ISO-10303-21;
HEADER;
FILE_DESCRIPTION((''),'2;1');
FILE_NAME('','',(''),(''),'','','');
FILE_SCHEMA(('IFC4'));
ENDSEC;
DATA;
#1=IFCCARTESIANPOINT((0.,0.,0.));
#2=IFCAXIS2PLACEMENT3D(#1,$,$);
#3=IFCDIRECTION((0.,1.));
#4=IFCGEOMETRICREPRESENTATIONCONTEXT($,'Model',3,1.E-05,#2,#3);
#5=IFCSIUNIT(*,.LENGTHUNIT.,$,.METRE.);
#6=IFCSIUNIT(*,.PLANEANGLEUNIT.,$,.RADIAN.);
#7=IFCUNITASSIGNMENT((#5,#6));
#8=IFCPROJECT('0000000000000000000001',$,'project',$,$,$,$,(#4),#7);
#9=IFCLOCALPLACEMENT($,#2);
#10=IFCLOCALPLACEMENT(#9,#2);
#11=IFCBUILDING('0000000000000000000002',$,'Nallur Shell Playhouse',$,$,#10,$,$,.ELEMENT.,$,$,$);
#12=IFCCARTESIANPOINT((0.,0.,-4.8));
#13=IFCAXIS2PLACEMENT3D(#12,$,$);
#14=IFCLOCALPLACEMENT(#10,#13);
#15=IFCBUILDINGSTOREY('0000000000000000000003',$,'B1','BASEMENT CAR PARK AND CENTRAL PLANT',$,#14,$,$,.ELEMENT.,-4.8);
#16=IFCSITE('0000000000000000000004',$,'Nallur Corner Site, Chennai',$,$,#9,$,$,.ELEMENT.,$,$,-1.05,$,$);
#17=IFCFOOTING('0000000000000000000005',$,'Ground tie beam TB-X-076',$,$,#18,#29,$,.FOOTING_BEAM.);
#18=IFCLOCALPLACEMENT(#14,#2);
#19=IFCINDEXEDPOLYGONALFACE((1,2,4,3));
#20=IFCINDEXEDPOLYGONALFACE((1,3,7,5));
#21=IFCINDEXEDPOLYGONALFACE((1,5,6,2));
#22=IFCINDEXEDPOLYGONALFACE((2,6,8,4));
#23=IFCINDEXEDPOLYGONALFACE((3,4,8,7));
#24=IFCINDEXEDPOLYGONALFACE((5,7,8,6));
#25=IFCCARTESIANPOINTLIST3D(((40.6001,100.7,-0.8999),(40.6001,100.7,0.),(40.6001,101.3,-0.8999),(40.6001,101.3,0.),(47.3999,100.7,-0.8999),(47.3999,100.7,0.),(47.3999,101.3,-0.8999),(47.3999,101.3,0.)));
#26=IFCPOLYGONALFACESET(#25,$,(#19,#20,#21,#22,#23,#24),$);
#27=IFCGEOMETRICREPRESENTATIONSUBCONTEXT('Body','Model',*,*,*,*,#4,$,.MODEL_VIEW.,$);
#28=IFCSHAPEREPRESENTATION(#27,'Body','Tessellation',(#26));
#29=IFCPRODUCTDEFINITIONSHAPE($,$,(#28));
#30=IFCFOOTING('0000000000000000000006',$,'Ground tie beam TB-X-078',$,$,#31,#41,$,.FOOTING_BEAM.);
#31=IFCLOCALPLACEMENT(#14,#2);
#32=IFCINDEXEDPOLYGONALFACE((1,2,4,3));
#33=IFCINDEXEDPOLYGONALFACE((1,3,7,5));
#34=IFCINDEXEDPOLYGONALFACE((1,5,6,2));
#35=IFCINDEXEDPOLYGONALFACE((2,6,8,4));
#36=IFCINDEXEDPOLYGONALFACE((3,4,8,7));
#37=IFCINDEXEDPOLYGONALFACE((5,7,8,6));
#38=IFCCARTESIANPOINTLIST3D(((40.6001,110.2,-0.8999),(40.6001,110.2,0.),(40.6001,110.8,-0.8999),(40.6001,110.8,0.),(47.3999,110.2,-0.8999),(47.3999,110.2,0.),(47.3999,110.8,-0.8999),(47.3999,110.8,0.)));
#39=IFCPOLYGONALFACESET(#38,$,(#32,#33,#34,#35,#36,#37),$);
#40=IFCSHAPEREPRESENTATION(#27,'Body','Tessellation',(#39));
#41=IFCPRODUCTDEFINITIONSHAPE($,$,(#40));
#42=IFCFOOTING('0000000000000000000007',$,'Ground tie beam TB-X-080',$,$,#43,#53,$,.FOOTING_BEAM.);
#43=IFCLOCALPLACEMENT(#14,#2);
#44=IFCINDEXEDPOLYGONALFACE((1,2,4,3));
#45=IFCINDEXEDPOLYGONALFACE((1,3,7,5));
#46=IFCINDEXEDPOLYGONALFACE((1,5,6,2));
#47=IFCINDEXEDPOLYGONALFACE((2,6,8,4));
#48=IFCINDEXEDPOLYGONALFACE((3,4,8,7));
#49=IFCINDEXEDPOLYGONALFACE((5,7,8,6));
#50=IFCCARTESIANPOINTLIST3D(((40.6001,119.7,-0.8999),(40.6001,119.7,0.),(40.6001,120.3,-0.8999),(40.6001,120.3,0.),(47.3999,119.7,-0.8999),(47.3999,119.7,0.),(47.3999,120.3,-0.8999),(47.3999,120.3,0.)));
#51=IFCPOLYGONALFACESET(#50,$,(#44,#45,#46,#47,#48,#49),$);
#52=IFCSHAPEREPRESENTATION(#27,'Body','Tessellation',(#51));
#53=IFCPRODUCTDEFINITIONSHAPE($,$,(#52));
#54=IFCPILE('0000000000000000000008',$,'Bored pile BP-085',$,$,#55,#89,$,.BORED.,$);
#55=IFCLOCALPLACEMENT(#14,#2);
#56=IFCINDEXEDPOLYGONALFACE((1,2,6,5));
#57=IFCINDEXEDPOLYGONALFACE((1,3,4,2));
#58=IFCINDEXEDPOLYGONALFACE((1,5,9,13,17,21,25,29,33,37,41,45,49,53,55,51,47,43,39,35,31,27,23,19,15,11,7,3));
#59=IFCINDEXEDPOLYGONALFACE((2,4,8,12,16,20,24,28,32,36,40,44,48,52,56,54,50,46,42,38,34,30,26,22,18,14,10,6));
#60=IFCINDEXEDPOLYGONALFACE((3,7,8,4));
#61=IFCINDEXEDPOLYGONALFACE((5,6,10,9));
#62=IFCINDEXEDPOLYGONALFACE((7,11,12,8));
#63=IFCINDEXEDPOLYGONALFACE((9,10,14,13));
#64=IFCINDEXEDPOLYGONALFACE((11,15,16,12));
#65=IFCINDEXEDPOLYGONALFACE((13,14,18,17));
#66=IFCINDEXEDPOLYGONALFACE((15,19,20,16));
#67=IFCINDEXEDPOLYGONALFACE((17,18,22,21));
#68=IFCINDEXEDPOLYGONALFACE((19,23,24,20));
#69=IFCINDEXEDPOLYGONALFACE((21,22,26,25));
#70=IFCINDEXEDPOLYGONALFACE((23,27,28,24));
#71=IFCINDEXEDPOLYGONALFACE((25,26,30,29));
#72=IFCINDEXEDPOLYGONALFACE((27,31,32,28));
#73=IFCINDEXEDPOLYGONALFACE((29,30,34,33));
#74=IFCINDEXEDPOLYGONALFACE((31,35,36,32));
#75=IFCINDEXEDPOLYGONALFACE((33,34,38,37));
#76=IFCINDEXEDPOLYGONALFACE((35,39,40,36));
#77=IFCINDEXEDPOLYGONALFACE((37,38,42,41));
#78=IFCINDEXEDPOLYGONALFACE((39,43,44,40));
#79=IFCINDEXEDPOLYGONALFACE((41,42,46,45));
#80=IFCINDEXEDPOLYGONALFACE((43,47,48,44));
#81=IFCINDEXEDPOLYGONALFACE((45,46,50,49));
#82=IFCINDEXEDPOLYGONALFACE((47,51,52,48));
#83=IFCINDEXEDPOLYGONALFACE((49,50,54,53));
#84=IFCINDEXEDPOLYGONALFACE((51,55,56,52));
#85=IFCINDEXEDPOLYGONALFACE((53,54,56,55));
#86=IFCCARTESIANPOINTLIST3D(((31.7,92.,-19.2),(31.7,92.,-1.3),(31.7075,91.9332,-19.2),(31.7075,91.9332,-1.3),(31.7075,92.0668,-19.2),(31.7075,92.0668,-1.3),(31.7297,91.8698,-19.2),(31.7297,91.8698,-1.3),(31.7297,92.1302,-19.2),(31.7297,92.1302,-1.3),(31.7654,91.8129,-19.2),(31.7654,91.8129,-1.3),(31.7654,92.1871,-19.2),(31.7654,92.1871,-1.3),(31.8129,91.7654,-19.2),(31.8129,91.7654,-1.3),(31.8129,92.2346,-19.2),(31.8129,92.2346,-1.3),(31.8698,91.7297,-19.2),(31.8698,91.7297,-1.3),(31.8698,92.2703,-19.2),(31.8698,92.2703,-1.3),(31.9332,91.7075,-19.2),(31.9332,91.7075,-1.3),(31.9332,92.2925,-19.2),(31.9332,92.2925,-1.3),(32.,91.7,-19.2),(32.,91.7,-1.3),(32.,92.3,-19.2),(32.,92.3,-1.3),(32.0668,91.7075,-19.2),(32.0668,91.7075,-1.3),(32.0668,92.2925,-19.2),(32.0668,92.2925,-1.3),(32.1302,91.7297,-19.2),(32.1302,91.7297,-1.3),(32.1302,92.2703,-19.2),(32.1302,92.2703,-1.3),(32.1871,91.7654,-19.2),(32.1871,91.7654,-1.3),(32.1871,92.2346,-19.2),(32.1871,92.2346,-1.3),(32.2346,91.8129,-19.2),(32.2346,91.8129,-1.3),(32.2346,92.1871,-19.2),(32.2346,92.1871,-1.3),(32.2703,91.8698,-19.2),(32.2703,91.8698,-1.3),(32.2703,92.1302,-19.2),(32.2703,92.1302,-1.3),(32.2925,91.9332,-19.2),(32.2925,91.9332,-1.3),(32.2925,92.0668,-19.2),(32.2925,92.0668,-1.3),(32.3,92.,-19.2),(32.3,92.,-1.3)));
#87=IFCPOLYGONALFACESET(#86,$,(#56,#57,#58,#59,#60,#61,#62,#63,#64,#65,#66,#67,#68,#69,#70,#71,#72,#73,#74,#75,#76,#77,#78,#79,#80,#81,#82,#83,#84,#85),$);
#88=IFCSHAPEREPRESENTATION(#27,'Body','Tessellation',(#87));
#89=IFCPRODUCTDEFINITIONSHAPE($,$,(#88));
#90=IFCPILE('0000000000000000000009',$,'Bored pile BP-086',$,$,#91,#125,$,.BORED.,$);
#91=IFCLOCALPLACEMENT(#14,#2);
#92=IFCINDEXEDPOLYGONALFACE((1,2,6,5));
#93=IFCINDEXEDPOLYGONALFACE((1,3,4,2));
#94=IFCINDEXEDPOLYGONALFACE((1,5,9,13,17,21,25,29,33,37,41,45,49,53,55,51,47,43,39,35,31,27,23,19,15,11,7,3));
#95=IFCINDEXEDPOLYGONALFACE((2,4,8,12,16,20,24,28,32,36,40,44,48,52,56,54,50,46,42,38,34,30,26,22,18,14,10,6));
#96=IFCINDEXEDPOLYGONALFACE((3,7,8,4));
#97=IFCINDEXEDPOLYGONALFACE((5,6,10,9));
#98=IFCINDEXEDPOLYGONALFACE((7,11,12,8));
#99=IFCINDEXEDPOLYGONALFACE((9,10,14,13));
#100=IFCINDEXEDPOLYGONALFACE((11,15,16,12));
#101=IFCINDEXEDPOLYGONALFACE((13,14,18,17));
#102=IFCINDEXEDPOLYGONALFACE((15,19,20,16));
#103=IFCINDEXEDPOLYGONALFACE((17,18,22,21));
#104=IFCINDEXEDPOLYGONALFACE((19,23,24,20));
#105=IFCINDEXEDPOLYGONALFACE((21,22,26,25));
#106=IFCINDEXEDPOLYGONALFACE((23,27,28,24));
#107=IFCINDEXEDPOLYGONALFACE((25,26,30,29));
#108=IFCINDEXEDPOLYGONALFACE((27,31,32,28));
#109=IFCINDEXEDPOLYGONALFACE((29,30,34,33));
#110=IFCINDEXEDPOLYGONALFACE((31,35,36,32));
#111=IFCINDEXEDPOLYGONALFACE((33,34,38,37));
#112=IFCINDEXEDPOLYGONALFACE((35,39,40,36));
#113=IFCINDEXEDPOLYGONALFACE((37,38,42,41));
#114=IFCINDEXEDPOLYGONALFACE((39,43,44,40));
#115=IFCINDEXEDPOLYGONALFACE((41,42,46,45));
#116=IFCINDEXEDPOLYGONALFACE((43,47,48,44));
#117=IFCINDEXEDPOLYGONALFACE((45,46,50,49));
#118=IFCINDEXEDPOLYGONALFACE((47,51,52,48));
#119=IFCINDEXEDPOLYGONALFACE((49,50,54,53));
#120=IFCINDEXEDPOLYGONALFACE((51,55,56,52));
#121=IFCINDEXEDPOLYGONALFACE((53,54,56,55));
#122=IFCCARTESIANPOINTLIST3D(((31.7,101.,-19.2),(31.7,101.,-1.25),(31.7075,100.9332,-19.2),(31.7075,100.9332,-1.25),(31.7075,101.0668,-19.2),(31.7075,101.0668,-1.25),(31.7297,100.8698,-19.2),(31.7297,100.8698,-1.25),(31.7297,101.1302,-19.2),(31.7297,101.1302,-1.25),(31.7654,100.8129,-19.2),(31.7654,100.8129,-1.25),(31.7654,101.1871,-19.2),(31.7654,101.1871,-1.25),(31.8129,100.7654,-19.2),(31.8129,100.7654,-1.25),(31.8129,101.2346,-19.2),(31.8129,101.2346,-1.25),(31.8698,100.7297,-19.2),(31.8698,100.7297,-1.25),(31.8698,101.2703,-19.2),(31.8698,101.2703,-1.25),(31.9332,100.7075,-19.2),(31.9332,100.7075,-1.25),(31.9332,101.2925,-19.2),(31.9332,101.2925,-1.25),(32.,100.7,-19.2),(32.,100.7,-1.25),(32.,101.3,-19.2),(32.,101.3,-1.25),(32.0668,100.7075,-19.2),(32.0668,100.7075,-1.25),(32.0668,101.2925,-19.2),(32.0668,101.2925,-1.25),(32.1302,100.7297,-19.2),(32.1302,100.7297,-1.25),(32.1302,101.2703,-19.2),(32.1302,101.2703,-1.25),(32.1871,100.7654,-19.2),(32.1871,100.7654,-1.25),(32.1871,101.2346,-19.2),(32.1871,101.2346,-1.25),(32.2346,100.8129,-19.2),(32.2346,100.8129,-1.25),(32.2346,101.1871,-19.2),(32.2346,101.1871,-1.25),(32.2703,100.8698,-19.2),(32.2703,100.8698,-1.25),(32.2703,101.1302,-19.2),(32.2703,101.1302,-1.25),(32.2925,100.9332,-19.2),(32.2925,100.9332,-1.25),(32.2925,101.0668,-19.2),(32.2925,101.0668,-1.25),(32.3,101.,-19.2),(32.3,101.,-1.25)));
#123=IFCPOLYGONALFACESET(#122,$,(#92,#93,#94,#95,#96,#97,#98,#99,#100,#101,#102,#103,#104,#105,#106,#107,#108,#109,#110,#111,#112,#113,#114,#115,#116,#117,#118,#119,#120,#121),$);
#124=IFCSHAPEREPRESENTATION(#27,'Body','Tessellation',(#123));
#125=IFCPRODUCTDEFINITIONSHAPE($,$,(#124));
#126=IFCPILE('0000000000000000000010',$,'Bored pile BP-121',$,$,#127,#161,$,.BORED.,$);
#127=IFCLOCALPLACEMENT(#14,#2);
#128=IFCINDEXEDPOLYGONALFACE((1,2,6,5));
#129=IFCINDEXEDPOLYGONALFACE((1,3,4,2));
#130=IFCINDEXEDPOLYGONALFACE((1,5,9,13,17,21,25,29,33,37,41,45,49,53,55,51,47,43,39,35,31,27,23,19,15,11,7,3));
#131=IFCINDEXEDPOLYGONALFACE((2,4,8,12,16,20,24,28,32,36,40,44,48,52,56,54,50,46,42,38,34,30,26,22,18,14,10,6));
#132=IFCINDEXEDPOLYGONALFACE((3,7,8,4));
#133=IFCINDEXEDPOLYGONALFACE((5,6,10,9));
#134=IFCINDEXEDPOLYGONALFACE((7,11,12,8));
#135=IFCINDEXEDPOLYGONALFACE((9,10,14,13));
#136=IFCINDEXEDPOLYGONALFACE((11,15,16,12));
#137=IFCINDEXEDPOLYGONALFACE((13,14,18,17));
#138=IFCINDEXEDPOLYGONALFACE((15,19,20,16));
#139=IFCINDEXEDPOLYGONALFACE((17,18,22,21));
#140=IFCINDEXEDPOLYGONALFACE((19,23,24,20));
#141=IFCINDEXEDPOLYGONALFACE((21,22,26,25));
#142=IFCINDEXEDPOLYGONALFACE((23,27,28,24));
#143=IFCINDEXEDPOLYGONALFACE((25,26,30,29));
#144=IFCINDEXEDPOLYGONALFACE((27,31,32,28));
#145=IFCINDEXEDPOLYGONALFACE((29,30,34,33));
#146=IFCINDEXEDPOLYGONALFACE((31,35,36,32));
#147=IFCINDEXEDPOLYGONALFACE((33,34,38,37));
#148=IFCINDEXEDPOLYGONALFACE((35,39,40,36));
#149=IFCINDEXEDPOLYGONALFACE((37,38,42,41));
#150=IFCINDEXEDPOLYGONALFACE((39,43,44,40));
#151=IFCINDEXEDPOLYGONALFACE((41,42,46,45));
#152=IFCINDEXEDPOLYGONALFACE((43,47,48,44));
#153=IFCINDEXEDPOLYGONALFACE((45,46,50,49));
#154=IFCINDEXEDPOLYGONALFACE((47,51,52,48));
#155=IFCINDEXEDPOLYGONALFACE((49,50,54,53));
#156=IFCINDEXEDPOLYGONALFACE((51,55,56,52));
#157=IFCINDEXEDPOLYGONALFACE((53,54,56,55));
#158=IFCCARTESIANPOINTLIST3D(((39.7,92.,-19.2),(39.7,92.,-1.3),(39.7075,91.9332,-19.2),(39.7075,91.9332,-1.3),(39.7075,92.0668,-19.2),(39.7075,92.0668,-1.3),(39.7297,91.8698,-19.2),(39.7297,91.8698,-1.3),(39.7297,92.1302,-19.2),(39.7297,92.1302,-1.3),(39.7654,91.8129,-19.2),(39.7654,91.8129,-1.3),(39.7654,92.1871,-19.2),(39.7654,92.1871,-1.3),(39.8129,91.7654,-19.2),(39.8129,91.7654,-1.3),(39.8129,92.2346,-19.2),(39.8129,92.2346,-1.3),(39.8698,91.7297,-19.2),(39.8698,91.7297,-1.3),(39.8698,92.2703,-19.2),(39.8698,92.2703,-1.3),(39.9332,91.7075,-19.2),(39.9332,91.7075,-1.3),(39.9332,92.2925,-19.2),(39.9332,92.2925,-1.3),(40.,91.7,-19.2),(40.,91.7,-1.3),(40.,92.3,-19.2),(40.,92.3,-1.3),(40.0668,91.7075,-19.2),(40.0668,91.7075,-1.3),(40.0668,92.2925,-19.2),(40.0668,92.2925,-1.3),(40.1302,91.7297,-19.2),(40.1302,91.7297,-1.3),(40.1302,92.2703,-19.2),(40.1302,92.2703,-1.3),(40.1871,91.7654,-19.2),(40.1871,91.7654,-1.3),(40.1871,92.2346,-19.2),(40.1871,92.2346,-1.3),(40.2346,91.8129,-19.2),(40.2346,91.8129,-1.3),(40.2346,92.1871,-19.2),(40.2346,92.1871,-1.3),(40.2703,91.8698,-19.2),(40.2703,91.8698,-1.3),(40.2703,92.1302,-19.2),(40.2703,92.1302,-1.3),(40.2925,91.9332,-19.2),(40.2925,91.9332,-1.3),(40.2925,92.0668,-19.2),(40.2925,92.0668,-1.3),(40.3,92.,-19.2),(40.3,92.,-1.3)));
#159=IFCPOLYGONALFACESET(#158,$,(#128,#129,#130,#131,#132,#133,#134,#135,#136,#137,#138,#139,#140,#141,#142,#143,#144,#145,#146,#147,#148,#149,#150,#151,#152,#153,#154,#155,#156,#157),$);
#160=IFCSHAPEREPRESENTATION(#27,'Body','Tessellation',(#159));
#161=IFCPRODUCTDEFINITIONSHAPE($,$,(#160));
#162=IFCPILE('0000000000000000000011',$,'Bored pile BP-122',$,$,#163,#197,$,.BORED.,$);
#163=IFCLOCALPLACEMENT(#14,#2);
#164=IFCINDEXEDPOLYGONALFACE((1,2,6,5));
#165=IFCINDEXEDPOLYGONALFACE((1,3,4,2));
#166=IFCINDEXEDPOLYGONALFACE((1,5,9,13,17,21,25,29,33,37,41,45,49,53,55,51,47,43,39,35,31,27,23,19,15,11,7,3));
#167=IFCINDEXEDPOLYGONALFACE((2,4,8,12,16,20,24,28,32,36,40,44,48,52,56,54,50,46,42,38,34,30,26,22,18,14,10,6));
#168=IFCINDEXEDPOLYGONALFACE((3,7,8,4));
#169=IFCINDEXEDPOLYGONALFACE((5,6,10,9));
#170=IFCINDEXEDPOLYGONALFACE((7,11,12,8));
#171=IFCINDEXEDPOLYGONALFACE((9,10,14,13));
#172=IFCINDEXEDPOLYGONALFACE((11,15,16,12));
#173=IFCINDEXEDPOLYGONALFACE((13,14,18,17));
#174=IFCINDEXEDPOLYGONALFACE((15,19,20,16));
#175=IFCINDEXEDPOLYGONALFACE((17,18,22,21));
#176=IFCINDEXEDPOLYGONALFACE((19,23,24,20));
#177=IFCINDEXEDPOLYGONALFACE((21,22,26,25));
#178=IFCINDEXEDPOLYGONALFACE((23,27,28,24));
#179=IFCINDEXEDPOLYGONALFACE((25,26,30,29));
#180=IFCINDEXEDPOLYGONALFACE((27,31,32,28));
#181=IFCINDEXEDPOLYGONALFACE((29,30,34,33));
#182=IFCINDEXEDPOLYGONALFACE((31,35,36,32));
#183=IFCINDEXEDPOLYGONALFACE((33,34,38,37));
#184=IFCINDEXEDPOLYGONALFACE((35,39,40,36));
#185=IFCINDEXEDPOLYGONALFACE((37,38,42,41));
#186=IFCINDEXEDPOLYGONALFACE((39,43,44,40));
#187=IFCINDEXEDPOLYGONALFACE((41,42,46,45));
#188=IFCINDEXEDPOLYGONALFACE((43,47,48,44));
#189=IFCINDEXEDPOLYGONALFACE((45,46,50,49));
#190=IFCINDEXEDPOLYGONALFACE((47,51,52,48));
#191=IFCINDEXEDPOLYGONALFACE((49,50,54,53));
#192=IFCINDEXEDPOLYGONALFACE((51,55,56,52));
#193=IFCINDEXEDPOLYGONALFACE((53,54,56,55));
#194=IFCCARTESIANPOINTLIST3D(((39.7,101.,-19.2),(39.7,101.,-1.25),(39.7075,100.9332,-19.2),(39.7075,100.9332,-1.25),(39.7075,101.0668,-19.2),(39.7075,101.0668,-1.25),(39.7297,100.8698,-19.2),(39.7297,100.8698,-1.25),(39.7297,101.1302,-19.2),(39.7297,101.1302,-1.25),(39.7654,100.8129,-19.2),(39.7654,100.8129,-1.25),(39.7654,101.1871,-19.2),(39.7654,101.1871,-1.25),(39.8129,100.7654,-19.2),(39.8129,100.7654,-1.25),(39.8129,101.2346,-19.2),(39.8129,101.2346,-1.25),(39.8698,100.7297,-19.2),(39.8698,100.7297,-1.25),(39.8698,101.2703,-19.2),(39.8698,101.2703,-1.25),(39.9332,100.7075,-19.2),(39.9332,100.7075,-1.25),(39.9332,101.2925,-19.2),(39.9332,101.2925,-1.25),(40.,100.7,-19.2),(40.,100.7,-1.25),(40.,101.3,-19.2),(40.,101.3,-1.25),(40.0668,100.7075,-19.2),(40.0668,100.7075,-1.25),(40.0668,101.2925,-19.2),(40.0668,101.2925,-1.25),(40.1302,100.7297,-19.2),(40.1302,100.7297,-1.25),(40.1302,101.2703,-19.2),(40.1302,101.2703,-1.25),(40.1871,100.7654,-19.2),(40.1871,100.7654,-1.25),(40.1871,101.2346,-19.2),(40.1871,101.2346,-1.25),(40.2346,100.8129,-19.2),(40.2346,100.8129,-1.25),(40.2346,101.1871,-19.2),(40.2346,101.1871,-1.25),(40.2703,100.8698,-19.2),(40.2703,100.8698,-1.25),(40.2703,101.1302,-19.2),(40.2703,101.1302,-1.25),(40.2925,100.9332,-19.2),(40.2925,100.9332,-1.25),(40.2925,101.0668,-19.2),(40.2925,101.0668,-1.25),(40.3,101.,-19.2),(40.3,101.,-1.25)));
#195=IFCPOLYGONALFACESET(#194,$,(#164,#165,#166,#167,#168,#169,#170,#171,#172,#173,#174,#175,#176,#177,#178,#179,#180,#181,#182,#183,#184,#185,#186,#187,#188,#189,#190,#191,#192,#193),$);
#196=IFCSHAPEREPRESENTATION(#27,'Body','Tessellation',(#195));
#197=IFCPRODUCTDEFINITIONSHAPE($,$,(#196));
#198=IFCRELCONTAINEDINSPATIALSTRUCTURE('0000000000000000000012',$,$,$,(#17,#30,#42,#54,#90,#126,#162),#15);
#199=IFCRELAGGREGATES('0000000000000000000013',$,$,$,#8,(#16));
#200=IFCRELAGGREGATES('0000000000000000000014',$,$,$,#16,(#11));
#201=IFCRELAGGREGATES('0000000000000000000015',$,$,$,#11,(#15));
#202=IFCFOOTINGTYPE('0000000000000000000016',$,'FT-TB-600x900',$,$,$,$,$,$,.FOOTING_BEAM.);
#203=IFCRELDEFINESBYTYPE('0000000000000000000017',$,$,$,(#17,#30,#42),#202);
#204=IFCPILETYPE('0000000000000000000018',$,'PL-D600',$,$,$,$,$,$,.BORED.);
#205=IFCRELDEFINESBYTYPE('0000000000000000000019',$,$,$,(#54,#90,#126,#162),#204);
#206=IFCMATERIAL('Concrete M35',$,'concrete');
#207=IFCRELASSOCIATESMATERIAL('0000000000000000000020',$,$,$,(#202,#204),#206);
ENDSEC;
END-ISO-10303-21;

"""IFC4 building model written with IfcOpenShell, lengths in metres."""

from ifc_helpers import new_model, si_unit, direction, frame, origin, origin_2d, place, context, subcontext, project, spatial, rectangle, circle, extrude, material, material_profile, profile_set, type_object, element, save


model = new_model("IFC4")

# Units and contexts
model_context = context("Model", 3, precision=1e-05, world=origin(), true_north=direction((0.0, 1.0)))
body_context = subcontext(model_context, "Body", "Model", "MODEL_VIEW")
ifc_project = project(units=[si_unit("LENGTHUNIT", "METRE"), si_unit("PLANEANGLEUNIT", "RADIAN")], contexts=[model_context])

# Site, building, storey
site_placement = place(None, origin())
site = spatial("IfcSite", under=ifc_project, at=site_placement, Name="Nallur Corner Site, Chennai", CompositionType="ELEMENT", RefElevation=-1.05)
building_placement = place(site_placement, origin())
building = spatial("IfcBuilding", under=site, at=building_placement, Name="Nallur Shell Playhouse", CompositionType="ELEMENT")
storey_placement = place(building_placement, frame((0.0, 0.0, -4.8)))
storey = spatial("IfcBuildingStorey", under=building, at=storey_placement, Name="B1", Description="BASEMENT CAR PARK AND CENTRAL PLANT", CompositionType="ELEMENT", Elevation=-4.8)

# Footings
ifc_material = material(Name="Concrete M35", Category="concrete")
ifc_material_profile_1 = material_profile(ifc_material, rectangle(XDim=0.6001, YDim=0.8999, at=origin_2d()), Name="RC 600x900")
ifc_profile_set_1 = profile_set([ifc_material_profile_1], Name="Concrete M35")
footing_type_1 = type_object("IfcFootingType", Name="FT-TB-600x900", PredefinedType="FOOTING_BEAM", material=ifc_profile_set_1)
for number, where, z_axis, x_axis, name in (
    (1, (40.6001, 101.0, -0.45), (1.0, 0.0, 0.0), (0.0, 1.0, 0.0), "Ground tie beam TB-X-076"),
    (2, (40.6001, 110.5, -0.45), (1.0, 0.0, 0.0), (0.0, 1.0, 0.0), "Ground tie beam TB-X-078"),
    (3, (40.6001, 120.0, -0.45), (1.0, 0.0, 0.0), (0.0, 1.0, 0.0), "Ground tie beam TB-X-080"),
):
    element("IfcFooting", number, at=place(storey_placement, frame(where, z_axis=z_axis, x_axis=x_axis)), inside=storey, type_object=footing_type_1, Name=name, PredefinedType="FOOTING_BEAM", context=body_context, shape_type="SweptSolid", body=[
        extrude(rectangle(XDim=0.6001, YDim=0.8999, at=origin_2d()), origin(), (0.0, 0.0, 1.0), 6.7998),
    ])

# Piles
ifc_material_profile_2 = material_profile(ifc_material, circle(Radius=0.3, at=origin_2d()), Name="BORED PILE D600")
ifc_profile_set_2 = profile_set([ifc_material_profile_2], Name="Concrete M35")
pile_type = type_object("IfcPileType", Name="PL-D600", PredefinedType="BORED", material=ifc_profile_set_2)
pile_1_placement = place(storey_placement, frame((32.0, 92.0, -1.3), z_axis=(0.0, 0.0, -1.0), x_axis=(1.0, 0.0, 0.0)))
element("IfcPile", 4, at=pile_1_placement, inside=storey, type_object=pile_type, Name="Bored pile BP-085", PredefinedType="BORED", context=body_context, shape_type="SweptSolid", body=[
    extrude(circle(Radius=0.3, at=origin_2d()), origin(), (0.0, 0.0, 1.0), 17.8999),
])
pile_2_placement = place(storey_placement, frame((32.0, 101.0, -1.25), z_axis=(0.0, 0.0, -1.0), x_axis=(1.0, 0.0, 0.0)))
element("IfcPile", 5, at=pile_2_placement, inside=storey, type_object=pile_type, Name="Bored pile BP-086", PredefinedType="BORED", context=body_context, shape_type="SweptSolid", body=[
    extrude(circle(Radius=0.3, at=origin_2d()), origin(), (0.0, 0.0, 1.0), 17.95),
])
pile_3_placement = place(storey_placement, frame((40.0, 92.0, -1.3), z_axis=(0.0, 0.0, -1.0), x_axis=(1.0, 0.0, 0.0)))
element("IfcPile", 6, at=pile_3_placement, inside=storey, type_object=pile_type, Name="Bored pile BP-121", PredefinedType="BORED", context=body_context, shape_type="SweptSolid", body=[
    extrude(circle(Radius=0.3, at=origin_2d()), origin(), (0.0, 0.0, 1.0), 17.8999),
])
pile_4_placement = place(storey_placement, frame((40.0, 101.0, -1.25), z_axis=(0.0, 0.0, -1.0), x_axis=(1.0, 0.0, 0.0)))
element("IfcPile", 7, at=pile_4_placement, inside=storey, type_object=pile_type, Name="Bored pile BP-122", PredefinedType="BORED", context=body_context, shape_type="SweptSolid", body=[
    extrude(circle(Radius=0.3, at=origin_2d()), origin(), (0.0, 0.0, 1.0), 17.95),
])

save(model, "model.ifc")
